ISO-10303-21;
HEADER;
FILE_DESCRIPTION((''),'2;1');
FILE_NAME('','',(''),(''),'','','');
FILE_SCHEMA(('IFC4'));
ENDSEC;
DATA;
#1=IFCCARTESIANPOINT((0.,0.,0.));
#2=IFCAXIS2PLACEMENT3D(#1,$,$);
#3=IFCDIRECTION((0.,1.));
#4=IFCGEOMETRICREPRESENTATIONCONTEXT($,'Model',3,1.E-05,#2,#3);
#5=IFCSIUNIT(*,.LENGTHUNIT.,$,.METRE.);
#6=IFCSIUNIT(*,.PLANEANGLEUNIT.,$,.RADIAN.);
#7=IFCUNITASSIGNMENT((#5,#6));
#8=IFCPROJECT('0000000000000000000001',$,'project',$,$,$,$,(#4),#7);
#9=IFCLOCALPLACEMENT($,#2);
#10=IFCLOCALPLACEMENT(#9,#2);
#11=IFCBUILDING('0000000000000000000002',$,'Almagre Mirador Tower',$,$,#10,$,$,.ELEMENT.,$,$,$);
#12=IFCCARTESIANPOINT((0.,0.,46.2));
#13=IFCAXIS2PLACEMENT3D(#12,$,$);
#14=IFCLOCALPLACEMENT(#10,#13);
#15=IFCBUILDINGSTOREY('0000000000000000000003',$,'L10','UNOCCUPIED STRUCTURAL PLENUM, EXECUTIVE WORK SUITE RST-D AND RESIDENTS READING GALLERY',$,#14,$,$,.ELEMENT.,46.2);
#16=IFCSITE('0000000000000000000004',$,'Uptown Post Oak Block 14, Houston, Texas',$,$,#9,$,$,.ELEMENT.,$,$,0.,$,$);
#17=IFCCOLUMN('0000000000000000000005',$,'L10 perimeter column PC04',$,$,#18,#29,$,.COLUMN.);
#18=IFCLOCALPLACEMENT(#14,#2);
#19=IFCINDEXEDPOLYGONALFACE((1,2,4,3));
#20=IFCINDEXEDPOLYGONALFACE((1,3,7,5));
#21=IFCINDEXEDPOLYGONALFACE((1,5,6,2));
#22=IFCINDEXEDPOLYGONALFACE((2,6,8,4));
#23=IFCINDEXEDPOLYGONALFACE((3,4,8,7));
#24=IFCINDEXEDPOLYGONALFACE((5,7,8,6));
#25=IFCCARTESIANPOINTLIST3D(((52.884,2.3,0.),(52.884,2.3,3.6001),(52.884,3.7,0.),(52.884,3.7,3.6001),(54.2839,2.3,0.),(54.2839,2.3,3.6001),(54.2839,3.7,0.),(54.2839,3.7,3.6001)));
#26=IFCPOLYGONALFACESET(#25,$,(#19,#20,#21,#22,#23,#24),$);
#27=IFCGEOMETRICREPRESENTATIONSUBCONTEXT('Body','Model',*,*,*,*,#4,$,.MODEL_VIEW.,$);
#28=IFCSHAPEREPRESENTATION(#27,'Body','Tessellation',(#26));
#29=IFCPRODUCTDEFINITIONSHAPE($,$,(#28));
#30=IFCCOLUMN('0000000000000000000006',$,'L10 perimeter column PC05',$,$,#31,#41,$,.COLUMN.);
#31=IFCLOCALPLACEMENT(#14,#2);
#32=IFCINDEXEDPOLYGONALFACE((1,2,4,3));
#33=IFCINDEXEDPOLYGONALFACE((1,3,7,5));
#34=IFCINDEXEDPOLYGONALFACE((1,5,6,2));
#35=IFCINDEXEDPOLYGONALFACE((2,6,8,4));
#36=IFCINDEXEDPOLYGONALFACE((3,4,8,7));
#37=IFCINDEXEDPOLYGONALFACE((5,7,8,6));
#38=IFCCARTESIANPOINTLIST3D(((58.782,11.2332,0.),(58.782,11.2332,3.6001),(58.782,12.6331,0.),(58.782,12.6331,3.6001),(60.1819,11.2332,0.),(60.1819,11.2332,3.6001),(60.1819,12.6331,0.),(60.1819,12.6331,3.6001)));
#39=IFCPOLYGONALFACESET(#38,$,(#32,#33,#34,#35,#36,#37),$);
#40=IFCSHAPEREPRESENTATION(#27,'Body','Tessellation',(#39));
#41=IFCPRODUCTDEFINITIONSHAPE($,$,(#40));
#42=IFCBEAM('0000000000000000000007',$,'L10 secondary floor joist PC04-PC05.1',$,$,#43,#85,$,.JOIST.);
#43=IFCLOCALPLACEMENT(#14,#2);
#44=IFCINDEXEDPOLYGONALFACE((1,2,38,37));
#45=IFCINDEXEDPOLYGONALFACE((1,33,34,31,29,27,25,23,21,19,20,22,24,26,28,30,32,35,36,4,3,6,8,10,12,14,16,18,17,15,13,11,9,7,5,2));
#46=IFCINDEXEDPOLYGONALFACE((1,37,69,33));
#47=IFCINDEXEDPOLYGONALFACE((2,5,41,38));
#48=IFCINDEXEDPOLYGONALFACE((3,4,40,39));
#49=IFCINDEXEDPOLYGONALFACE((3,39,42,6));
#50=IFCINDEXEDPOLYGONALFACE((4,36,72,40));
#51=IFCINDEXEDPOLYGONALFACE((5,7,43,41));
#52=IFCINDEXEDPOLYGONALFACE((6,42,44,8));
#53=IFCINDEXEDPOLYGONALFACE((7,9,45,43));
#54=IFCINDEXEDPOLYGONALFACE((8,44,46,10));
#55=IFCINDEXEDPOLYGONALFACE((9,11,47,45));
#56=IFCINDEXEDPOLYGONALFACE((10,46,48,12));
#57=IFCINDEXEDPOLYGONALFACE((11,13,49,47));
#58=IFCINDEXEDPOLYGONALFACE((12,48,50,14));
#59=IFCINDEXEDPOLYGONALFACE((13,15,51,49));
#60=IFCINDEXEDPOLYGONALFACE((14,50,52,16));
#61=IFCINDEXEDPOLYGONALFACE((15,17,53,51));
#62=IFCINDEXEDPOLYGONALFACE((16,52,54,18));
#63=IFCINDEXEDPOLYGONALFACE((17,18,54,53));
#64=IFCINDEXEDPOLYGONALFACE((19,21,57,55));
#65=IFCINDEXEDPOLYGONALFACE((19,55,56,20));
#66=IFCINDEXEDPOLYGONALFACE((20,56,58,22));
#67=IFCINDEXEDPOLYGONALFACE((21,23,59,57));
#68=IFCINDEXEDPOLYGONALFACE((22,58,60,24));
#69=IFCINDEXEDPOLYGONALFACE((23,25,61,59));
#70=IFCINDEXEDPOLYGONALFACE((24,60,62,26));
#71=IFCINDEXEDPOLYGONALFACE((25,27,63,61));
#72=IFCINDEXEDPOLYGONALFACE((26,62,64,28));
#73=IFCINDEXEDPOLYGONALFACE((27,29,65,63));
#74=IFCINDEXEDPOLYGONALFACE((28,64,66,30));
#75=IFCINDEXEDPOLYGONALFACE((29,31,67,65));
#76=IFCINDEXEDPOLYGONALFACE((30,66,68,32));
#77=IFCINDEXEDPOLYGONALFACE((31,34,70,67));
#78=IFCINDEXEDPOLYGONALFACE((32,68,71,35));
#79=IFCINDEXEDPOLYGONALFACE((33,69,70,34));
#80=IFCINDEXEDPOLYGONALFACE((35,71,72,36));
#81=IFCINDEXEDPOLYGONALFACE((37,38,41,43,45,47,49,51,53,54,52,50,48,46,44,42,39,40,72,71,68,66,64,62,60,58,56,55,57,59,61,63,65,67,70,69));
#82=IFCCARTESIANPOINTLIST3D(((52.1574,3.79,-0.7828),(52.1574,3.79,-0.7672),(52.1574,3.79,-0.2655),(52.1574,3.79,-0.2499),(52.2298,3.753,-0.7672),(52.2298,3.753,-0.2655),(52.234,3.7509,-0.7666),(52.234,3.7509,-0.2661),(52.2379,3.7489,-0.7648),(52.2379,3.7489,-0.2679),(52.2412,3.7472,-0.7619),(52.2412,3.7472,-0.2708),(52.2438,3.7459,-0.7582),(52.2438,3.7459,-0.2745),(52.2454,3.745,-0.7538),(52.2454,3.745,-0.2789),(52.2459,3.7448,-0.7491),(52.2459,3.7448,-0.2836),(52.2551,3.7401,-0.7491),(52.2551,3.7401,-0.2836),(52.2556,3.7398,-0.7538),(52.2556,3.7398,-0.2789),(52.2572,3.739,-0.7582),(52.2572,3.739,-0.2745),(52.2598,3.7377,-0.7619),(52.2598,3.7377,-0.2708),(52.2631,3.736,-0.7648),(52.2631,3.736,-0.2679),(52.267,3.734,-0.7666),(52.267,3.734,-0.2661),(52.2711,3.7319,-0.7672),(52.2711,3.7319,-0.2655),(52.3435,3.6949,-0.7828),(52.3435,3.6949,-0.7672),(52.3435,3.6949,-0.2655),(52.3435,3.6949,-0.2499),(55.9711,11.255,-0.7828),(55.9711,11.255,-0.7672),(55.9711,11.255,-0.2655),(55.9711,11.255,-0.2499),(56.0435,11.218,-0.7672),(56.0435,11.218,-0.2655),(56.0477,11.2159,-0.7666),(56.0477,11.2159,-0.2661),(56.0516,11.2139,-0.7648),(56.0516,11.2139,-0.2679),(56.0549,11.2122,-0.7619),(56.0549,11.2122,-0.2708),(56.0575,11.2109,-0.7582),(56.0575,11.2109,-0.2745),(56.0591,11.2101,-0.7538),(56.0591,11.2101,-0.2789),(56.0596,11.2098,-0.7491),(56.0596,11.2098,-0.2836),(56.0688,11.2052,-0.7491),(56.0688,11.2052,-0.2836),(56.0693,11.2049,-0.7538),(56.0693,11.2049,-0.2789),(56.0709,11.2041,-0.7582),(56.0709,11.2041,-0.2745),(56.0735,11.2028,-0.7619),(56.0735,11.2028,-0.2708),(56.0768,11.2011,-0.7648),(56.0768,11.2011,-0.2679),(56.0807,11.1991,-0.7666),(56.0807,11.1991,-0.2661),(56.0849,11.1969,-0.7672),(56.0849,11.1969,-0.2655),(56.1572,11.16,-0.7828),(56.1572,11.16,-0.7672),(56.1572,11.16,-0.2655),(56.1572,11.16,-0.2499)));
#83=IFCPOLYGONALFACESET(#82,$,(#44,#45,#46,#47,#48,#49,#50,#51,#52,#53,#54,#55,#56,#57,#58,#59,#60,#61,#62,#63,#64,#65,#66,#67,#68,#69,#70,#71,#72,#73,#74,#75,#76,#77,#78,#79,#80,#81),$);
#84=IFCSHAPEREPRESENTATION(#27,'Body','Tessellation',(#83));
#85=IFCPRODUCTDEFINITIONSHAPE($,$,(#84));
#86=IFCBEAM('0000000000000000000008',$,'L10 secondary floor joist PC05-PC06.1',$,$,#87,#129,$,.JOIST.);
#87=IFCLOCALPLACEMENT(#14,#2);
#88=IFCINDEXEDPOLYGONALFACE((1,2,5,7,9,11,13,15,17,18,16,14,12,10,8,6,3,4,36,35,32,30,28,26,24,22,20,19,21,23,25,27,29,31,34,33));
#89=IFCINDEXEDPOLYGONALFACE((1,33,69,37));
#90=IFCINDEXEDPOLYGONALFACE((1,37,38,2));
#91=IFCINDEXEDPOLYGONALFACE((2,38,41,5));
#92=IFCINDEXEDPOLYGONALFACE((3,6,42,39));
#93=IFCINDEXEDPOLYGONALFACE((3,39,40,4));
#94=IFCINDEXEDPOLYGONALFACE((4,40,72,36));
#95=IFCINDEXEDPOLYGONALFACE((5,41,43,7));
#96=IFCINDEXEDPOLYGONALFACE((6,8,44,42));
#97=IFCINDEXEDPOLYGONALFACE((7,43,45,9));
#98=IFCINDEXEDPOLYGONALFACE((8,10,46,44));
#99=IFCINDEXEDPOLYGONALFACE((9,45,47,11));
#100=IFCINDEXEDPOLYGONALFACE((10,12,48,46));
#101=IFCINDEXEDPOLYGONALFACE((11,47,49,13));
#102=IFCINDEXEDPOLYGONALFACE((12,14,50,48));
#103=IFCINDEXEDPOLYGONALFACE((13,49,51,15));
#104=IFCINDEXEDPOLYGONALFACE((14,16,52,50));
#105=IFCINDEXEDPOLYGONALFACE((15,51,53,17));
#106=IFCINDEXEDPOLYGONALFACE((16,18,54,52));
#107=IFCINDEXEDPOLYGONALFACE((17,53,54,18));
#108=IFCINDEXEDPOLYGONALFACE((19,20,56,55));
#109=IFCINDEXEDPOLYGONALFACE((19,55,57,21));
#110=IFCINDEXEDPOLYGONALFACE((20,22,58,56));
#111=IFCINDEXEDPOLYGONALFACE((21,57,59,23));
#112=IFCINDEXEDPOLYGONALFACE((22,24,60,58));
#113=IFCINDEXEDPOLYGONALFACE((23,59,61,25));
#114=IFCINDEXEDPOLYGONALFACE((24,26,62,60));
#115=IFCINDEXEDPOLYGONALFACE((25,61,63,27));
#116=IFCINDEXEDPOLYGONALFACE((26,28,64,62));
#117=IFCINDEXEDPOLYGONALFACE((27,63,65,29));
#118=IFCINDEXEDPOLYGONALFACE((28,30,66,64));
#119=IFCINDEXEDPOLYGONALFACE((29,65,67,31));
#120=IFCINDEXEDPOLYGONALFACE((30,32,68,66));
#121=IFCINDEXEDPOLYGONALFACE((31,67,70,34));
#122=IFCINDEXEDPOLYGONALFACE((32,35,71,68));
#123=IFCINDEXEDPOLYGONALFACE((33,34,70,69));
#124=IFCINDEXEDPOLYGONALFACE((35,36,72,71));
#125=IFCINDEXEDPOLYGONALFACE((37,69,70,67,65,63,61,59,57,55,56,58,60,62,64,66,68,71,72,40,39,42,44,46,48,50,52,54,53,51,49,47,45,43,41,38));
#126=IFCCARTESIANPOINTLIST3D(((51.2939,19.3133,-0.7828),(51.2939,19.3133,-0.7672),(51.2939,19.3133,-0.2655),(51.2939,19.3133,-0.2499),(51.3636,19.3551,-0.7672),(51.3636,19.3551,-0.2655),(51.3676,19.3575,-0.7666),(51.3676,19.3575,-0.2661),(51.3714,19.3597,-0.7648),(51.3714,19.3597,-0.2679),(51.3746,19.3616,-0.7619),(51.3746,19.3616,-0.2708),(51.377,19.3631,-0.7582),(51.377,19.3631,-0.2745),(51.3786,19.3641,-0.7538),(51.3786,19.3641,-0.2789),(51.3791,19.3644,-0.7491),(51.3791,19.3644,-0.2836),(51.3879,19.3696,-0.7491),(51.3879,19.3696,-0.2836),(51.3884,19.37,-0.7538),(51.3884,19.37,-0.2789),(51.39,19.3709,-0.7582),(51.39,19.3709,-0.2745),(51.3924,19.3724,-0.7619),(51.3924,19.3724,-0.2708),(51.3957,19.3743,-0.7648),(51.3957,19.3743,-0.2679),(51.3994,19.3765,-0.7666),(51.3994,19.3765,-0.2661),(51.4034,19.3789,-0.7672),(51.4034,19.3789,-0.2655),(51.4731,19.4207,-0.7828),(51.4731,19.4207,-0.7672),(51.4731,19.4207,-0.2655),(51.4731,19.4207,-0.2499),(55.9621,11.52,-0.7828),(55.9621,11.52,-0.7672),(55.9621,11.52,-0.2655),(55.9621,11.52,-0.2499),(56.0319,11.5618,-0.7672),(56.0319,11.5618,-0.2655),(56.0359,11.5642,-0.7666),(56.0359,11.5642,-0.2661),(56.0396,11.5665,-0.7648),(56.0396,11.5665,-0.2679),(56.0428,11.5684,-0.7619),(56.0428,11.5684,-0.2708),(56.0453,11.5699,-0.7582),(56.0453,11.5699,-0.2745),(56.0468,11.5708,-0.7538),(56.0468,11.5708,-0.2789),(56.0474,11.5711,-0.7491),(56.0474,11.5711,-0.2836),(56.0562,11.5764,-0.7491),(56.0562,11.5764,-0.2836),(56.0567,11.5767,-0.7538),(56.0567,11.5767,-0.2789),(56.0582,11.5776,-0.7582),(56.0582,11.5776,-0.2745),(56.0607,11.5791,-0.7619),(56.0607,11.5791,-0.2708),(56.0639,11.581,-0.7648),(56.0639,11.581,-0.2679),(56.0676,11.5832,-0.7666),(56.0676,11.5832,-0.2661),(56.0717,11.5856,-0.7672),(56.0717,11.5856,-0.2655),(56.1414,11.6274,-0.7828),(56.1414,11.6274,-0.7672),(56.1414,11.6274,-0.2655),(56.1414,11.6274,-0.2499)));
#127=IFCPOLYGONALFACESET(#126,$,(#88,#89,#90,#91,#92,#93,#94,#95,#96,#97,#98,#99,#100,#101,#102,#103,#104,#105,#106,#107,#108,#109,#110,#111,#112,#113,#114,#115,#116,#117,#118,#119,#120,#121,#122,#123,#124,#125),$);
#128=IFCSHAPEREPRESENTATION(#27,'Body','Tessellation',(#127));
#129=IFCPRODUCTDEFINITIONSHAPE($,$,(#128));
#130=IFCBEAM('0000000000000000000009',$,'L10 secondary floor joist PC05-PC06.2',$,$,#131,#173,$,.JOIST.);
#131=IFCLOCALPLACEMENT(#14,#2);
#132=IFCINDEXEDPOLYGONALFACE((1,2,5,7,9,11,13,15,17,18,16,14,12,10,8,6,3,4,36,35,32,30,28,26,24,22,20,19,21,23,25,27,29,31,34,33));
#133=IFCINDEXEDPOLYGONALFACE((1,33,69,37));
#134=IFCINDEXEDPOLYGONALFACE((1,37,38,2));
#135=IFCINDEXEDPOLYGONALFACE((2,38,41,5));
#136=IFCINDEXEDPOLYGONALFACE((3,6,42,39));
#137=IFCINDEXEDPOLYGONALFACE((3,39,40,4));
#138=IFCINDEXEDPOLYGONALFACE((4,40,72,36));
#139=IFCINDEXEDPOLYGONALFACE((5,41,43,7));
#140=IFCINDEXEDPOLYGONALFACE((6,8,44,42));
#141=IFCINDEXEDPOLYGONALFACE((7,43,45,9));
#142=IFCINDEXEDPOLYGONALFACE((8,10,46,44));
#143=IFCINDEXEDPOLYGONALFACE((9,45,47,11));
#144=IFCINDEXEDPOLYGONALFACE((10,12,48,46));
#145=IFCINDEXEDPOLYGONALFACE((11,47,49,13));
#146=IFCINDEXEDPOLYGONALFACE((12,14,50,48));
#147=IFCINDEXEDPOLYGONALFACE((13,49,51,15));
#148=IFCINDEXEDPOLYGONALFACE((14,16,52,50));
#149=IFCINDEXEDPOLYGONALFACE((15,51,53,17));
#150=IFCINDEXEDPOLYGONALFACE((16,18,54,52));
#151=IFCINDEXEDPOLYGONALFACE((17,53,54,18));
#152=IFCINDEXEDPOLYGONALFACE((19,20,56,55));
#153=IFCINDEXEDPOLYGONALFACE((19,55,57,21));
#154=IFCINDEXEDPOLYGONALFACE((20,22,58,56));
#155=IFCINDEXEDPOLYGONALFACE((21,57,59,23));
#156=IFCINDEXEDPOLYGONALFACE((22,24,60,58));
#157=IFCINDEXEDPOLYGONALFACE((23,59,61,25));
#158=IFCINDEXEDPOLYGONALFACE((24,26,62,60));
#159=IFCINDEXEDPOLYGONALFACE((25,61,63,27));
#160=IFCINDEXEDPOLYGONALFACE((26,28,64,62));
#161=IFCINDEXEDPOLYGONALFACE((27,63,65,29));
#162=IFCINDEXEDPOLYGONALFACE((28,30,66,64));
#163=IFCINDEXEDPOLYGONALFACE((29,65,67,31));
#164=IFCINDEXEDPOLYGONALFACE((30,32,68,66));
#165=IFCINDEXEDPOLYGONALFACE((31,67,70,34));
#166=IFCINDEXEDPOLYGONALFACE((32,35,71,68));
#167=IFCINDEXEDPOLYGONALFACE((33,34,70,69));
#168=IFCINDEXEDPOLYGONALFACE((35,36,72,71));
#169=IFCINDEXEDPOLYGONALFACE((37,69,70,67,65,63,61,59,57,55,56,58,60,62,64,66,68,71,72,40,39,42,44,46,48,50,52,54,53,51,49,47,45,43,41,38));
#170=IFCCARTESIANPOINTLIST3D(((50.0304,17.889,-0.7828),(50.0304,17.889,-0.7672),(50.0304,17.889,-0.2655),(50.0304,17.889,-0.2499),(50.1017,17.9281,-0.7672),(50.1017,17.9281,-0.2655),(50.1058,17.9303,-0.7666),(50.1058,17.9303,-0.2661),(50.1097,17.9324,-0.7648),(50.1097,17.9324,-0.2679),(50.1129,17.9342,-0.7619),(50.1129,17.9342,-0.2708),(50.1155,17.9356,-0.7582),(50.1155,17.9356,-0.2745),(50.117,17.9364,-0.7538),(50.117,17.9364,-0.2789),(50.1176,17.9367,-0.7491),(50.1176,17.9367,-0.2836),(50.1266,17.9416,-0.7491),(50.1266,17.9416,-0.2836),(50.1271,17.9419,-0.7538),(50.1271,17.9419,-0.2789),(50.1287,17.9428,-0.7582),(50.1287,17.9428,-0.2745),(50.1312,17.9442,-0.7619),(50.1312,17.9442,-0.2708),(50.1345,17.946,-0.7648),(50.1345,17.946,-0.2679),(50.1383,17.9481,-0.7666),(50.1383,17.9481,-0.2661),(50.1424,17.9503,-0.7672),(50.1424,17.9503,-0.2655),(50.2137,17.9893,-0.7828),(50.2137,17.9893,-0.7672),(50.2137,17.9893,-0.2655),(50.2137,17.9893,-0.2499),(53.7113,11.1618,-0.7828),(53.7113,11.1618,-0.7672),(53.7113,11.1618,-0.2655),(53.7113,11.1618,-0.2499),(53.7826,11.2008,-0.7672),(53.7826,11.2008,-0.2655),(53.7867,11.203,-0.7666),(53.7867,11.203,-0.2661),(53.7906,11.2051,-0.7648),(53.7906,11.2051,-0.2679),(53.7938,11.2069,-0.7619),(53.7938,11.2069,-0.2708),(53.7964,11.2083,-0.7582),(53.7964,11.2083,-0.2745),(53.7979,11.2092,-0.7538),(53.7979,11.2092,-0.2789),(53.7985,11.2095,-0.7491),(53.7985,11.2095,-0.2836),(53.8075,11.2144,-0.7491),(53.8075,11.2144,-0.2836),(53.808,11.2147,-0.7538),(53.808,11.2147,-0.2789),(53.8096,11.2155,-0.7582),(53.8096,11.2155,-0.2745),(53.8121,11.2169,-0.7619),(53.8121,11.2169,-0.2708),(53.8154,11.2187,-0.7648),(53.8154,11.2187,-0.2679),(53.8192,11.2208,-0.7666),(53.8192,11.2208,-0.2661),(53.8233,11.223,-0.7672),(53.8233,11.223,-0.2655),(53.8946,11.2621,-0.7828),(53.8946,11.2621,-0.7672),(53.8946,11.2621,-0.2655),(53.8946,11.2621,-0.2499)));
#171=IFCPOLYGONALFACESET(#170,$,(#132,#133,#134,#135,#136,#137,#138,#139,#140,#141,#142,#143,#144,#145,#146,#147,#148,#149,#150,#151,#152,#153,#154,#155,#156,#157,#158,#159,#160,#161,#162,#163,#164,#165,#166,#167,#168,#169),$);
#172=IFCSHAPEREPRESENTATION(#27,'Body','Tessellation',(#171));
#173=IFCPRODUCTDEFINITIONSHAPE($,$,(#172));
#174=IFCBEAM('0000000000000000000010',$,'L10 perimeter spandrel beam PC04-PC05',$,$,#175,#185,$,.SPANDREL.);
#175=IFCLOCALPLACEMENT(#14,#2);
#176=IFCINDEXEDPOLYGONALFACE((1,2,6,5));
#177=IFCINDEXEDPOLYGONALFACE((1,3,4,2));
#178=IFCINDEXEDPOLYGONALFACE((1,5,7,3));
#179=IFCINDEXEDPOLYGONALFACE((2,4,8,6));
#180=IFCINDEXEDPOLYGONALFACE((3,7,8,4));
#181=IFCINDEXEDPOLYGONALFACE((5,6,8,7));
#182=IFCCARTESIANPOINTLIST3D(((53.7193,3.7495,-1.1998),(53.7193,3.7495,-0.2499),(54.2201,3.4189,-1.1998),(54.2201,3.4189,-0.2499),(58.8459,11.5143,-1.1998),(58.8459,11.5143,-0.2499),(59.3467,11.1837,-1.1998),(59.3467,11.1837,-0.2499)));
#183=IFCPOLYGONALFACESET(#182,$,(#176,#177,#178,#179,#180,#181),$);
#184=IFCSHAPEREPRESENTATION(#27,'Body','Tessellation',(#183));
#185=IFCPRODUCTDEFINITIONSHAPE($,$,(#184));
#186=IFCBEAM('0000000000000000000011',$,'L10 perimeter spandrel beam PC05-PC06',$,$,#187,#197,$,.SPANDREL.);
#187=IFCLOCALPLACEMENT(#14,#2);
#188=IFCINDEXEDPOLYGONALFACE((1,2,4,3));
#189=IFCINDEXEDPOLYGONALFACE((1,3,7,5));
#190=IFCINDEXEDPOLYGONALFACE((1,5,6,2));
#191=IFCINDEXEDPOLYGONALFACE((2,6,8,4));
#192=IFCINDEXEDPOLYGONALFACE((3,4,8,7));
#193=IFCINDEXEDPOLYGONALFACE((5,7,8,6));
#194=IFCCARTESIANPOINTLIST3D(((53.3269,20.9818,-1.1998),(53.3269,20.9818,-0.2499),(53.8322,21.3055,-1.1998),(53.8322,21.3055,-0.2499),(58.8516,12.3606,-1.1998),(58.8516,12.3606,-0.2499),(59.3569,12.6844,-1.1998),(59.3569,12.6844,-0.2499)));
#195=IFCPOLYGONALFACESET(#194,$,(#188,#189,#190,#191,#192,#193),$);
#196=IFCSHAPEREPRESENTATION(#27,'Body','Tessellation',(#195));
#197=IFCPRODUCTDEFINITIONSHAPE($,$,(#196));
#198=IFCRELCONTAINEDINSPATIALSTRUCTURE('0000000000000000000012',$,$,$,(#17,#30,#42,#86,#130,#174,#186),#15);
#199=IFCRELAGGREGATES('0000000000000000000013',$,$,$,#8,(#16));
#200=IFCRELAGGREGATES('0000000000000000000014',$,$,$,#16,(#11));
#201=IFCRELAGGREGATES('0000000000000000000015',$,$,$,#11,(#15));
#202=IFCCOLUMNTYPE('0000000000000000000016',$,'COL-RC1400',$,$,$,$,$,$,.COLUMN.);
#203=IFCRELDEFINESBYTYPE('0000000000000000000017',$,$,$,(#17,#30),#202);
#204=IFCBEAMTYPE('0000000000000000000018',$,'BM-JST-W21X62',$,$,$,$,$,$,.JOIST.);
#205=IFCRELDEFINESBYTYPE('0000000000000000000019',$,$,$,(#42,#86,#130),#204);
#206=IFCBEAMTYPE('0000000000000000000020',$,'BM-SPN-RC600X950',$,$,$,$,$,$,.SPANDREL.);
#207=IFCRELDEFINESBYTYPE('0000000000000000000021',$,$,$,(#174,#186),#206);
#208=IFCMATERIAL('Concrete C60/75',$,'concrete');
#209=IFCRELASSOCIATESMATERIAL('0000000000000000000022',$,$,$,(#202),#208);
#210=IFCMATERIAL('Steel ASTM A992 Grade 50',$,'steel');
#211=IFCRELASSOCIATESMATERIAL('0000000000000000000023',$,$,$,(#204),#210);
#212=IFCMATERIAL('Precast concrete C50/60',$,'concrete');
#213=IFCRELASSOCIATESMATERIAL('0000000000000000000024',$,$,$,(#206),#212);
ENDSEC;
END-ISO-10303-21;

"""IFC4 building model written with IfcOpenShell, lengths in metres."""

from ifc_helpers import new_model, si_unit, direction, frame, origin, origin_2d, place, context, subcontext, project, spatial, rectangle, i_section, extrude, material, material_profile, profile_set, type_object, element, save


model = new_model("IFC4")

# Units and contexts
model_context = context("Model", 3, precision=1e-05, world=origin(), true_north=direction((0.0, 1.0)))
body_context = subcontext(model_context, "Body", "Model", "MODEL_VIEW")
ifc_project = project(units=[si_unit("LENGTHUNIT", "METRE"), si_unit("PLANEANGLEUNIT", "RADIAN")], contexts=[model_context])

# Site, building, storey
site_placement = place(None, origin())
site = spatial("IfcSite", under=ifc_project, at=site_placement, Name="Uptown Post Oak Block 14, Houston, Texas", CompositionType="ELEMENT", RefElevation=0.0)
building_placement = place(site_placement, origin())
building = spatial("IfcBuilding", under=site, at=building_placement, Name="Almagre Mirador Tower", CompositionType="ELEMENT")
storey_placement = place(building_placement, frame((0.0, 0.0, 46.2)))
storey = spatial("IfcBuildingStorey", under=building, at=storey_placement, Name="L10", Description="UNOCCUPIED STRUCTURAL PLENUM, EXECUTIVE WORK SUITE RST-D AND RESIDENTS READING GALLERY", CompositionType="ELEMENT", Elevation=46.2)

# Columns
ifc_material_1 = material(Name="Concrete C60/75", Category="concrete")
ifc_material_profile_1 = material_profile(ifc_material_1, rectangle(XDim=1.3999, YDim=1.3999, at=origin_2d()), Name="RC1400X1400")
ifc_profile_set_1 = profile_set([ifc_material_profile_1], Name="Concrete C60/75")
column_type = type_object("IfcColumnType", Name="COL-RC1400", PredefinedType="COLUMN", material=ifc_profile_set_1)
for number, where, z_axis, x_axis, name in (
    (1, (53.584, 3.0, 0.0), (0.0, 0.0, 1.0), (1.0, 0.0, 0.0), "L10 perimeter column PC04"),
    (2, (59.4819, 11.9331, 0.0), (0.0, 0.0, 1.0), (1.0, 0.0, 0.0), "L10 perimeter column PC05"),
):
    element("IfcColumn", number, at=place(storey_placement, frame(where, z_axis=z_axis, x_axis=x_axis)), inside=storey, type_object=column_type, Name=name, PredefinedType="COLUMN", context=body_context, shape_type="SweptSolid", body=[
        extrude(rectangle(XDim=1.3999, YDim=1.3999, at=origin_2d()), origin(), (0.0, 0.0, 1.0), 3.6001),
    ])

# Beams
ifc_material_2 = material(Name="Steel ASTM A992 Grade 50", Category="steel")
ifc_material_profile_2 = material_profile(ifc_material_2, i_section(OverallWidth=0.209, OverallDepth=0.533, WebThickness=0.0103, FlangeThickness=0.0156, FilletRadius=0.0181, at=origin_2d()), Name="W21X62")
ifc_profile_set_2 = profile_set([ifc_material_profile_2], Name="Steel ASTM A992 Grade 50")
beam_type_1 = type_object("IfcBeamType", Name="BM-JST-W21X62", PredefinedType="JOIST", material=ifc_profile_set_2)
beam_1_placement = place(storey_placement, frame((52.2505, 3.7424, -0.5164), z_axis=(0.454944, 0.89052, 0.0), x_axis=(-0.89052, 0.454944, 0.0)))
element("IfcBeam", 3, at=beam_1_placement, inside=storey, type_object=beam_type_1, Name="L10 secondary floor joist PC04-PC05.1", PredefinedType="JOIST", context=body_context, shape_type="SweptSolid", body=[
    extrude(i_section(OverallWidth=0.209, OverallDepth=0.533, WebThickness=0.0103, FlangeThickness=0.0156, FilletRadius=0.0181, at=origin_2d()), origin(), (0.0, 0.0, 1.0), 8.3828),
])
beam_2_placement = place(storey_placement, frame((56.0518, 11.5737, -0.5164), z_axis=(-0.513871, 0.857867, 0.0), x_axis=(-0.857867, -0.513871, 0.0)))
element("IfcBeam", 4, at=beam_2_placement, inside=storey, type_object=beam_type_1, Name="L10 secondary floor joist PC05-PC06.1", PredefinedType="JOIST", context=body_context, shape_type="SweptSolid", body=[
    extrude(i_section(OverallWidth=0.209, OverallDepth=0.533, WebThickness=0.0103, FlangeThickness=0.0156, FilletRadius=0.0181, at=origin_2d()), origin(), (0.0, 0.0, 1.0), 9.0845),
])
beam_3_placement = place(storey_placement, frame((53.803, 11.2119, -0.5164), z_axis=(-0.480005, 0.877266, 0.0), x_axis=(-0.877266, -0.480005, 0.0)))
element("IfcBeam", 5, at=beam_3_placement, inside=storey, type_object=beam_type_1, Name="L10 secondary floor joist PC05-PC06.2", PredefinedType="JOIST", context=body_context, shape_type="SweptSolid", body=[
    extrude(i_section(OverallWidth=0.209, OverallDepth=0.533, WebThickness=0.0103, FlangeThickness=0.0156, FilletRadius=0.0181, at=origin_2d()), origin(), (0.0, 0.0, 1.0), 7.6685),
])
ifc_material_3 = material(Name="Precast concrete C50/60", Category="concrete")
ifc_material_profile_3 = material_profile(ifc_material_3, rectangle(XDim=0.6001, YDim=0.95, at=origin_2d()), Name="RC600X950")
ifc_profile_set_3 = profile_set([ifc_material_profile_3], Name="Precast concrete C50/60")
beam_type_2 = type_object("IfcBeamType", Name="BM-SPN-RC600X950", PredefinedType="SPANDREL", material=ifc_profile_set_3)
beam_4_placement = place(storey_placement, frame((53.9697, 3.5842, -0.7249), z_axis=(0.550977, 0.834521, 0.0), x_axis=(-0.834521, 0.550977, 0.0)))
element("IfcBeam", 6, at=beam_4_placement, inside=storey, type_object=beam_type_2, Name="L10 perimeter spandrel beam PC04-PC05", PredefinedType="SPANDREL", context=body_context, shape_type="SweptSolid", body=[
    extrude(rectangle(XDim=0.6001, YDim=0.95, at=origin_2d()), origin(), (0.0, 0.0, 1.0), 9.3044),
])
beam_5_placement = place(storey_placement, frame((59.1042, 12.5225, -0.7249), z_axis=(-0.53955, 0.841954, 0.0), x_axis=(-0.841954, -0.53955, 0.0)))
element("IfcBeam", 7, at=beam_5_placement, inside=storey, type_object=beam_type_2, Name="L10 perimeter spandrel beam PC05-PC06", PredefinedType="SPANDREL", context=body_context, shape_type="SweptSolid", body=[
    extrude(rectangle(XDim=0.6001, YDim=0.95, at=origin_2d()), origin(), (0.0, 0.0, 1.0), 10.2395),
])

save(model, "model.ifc")
